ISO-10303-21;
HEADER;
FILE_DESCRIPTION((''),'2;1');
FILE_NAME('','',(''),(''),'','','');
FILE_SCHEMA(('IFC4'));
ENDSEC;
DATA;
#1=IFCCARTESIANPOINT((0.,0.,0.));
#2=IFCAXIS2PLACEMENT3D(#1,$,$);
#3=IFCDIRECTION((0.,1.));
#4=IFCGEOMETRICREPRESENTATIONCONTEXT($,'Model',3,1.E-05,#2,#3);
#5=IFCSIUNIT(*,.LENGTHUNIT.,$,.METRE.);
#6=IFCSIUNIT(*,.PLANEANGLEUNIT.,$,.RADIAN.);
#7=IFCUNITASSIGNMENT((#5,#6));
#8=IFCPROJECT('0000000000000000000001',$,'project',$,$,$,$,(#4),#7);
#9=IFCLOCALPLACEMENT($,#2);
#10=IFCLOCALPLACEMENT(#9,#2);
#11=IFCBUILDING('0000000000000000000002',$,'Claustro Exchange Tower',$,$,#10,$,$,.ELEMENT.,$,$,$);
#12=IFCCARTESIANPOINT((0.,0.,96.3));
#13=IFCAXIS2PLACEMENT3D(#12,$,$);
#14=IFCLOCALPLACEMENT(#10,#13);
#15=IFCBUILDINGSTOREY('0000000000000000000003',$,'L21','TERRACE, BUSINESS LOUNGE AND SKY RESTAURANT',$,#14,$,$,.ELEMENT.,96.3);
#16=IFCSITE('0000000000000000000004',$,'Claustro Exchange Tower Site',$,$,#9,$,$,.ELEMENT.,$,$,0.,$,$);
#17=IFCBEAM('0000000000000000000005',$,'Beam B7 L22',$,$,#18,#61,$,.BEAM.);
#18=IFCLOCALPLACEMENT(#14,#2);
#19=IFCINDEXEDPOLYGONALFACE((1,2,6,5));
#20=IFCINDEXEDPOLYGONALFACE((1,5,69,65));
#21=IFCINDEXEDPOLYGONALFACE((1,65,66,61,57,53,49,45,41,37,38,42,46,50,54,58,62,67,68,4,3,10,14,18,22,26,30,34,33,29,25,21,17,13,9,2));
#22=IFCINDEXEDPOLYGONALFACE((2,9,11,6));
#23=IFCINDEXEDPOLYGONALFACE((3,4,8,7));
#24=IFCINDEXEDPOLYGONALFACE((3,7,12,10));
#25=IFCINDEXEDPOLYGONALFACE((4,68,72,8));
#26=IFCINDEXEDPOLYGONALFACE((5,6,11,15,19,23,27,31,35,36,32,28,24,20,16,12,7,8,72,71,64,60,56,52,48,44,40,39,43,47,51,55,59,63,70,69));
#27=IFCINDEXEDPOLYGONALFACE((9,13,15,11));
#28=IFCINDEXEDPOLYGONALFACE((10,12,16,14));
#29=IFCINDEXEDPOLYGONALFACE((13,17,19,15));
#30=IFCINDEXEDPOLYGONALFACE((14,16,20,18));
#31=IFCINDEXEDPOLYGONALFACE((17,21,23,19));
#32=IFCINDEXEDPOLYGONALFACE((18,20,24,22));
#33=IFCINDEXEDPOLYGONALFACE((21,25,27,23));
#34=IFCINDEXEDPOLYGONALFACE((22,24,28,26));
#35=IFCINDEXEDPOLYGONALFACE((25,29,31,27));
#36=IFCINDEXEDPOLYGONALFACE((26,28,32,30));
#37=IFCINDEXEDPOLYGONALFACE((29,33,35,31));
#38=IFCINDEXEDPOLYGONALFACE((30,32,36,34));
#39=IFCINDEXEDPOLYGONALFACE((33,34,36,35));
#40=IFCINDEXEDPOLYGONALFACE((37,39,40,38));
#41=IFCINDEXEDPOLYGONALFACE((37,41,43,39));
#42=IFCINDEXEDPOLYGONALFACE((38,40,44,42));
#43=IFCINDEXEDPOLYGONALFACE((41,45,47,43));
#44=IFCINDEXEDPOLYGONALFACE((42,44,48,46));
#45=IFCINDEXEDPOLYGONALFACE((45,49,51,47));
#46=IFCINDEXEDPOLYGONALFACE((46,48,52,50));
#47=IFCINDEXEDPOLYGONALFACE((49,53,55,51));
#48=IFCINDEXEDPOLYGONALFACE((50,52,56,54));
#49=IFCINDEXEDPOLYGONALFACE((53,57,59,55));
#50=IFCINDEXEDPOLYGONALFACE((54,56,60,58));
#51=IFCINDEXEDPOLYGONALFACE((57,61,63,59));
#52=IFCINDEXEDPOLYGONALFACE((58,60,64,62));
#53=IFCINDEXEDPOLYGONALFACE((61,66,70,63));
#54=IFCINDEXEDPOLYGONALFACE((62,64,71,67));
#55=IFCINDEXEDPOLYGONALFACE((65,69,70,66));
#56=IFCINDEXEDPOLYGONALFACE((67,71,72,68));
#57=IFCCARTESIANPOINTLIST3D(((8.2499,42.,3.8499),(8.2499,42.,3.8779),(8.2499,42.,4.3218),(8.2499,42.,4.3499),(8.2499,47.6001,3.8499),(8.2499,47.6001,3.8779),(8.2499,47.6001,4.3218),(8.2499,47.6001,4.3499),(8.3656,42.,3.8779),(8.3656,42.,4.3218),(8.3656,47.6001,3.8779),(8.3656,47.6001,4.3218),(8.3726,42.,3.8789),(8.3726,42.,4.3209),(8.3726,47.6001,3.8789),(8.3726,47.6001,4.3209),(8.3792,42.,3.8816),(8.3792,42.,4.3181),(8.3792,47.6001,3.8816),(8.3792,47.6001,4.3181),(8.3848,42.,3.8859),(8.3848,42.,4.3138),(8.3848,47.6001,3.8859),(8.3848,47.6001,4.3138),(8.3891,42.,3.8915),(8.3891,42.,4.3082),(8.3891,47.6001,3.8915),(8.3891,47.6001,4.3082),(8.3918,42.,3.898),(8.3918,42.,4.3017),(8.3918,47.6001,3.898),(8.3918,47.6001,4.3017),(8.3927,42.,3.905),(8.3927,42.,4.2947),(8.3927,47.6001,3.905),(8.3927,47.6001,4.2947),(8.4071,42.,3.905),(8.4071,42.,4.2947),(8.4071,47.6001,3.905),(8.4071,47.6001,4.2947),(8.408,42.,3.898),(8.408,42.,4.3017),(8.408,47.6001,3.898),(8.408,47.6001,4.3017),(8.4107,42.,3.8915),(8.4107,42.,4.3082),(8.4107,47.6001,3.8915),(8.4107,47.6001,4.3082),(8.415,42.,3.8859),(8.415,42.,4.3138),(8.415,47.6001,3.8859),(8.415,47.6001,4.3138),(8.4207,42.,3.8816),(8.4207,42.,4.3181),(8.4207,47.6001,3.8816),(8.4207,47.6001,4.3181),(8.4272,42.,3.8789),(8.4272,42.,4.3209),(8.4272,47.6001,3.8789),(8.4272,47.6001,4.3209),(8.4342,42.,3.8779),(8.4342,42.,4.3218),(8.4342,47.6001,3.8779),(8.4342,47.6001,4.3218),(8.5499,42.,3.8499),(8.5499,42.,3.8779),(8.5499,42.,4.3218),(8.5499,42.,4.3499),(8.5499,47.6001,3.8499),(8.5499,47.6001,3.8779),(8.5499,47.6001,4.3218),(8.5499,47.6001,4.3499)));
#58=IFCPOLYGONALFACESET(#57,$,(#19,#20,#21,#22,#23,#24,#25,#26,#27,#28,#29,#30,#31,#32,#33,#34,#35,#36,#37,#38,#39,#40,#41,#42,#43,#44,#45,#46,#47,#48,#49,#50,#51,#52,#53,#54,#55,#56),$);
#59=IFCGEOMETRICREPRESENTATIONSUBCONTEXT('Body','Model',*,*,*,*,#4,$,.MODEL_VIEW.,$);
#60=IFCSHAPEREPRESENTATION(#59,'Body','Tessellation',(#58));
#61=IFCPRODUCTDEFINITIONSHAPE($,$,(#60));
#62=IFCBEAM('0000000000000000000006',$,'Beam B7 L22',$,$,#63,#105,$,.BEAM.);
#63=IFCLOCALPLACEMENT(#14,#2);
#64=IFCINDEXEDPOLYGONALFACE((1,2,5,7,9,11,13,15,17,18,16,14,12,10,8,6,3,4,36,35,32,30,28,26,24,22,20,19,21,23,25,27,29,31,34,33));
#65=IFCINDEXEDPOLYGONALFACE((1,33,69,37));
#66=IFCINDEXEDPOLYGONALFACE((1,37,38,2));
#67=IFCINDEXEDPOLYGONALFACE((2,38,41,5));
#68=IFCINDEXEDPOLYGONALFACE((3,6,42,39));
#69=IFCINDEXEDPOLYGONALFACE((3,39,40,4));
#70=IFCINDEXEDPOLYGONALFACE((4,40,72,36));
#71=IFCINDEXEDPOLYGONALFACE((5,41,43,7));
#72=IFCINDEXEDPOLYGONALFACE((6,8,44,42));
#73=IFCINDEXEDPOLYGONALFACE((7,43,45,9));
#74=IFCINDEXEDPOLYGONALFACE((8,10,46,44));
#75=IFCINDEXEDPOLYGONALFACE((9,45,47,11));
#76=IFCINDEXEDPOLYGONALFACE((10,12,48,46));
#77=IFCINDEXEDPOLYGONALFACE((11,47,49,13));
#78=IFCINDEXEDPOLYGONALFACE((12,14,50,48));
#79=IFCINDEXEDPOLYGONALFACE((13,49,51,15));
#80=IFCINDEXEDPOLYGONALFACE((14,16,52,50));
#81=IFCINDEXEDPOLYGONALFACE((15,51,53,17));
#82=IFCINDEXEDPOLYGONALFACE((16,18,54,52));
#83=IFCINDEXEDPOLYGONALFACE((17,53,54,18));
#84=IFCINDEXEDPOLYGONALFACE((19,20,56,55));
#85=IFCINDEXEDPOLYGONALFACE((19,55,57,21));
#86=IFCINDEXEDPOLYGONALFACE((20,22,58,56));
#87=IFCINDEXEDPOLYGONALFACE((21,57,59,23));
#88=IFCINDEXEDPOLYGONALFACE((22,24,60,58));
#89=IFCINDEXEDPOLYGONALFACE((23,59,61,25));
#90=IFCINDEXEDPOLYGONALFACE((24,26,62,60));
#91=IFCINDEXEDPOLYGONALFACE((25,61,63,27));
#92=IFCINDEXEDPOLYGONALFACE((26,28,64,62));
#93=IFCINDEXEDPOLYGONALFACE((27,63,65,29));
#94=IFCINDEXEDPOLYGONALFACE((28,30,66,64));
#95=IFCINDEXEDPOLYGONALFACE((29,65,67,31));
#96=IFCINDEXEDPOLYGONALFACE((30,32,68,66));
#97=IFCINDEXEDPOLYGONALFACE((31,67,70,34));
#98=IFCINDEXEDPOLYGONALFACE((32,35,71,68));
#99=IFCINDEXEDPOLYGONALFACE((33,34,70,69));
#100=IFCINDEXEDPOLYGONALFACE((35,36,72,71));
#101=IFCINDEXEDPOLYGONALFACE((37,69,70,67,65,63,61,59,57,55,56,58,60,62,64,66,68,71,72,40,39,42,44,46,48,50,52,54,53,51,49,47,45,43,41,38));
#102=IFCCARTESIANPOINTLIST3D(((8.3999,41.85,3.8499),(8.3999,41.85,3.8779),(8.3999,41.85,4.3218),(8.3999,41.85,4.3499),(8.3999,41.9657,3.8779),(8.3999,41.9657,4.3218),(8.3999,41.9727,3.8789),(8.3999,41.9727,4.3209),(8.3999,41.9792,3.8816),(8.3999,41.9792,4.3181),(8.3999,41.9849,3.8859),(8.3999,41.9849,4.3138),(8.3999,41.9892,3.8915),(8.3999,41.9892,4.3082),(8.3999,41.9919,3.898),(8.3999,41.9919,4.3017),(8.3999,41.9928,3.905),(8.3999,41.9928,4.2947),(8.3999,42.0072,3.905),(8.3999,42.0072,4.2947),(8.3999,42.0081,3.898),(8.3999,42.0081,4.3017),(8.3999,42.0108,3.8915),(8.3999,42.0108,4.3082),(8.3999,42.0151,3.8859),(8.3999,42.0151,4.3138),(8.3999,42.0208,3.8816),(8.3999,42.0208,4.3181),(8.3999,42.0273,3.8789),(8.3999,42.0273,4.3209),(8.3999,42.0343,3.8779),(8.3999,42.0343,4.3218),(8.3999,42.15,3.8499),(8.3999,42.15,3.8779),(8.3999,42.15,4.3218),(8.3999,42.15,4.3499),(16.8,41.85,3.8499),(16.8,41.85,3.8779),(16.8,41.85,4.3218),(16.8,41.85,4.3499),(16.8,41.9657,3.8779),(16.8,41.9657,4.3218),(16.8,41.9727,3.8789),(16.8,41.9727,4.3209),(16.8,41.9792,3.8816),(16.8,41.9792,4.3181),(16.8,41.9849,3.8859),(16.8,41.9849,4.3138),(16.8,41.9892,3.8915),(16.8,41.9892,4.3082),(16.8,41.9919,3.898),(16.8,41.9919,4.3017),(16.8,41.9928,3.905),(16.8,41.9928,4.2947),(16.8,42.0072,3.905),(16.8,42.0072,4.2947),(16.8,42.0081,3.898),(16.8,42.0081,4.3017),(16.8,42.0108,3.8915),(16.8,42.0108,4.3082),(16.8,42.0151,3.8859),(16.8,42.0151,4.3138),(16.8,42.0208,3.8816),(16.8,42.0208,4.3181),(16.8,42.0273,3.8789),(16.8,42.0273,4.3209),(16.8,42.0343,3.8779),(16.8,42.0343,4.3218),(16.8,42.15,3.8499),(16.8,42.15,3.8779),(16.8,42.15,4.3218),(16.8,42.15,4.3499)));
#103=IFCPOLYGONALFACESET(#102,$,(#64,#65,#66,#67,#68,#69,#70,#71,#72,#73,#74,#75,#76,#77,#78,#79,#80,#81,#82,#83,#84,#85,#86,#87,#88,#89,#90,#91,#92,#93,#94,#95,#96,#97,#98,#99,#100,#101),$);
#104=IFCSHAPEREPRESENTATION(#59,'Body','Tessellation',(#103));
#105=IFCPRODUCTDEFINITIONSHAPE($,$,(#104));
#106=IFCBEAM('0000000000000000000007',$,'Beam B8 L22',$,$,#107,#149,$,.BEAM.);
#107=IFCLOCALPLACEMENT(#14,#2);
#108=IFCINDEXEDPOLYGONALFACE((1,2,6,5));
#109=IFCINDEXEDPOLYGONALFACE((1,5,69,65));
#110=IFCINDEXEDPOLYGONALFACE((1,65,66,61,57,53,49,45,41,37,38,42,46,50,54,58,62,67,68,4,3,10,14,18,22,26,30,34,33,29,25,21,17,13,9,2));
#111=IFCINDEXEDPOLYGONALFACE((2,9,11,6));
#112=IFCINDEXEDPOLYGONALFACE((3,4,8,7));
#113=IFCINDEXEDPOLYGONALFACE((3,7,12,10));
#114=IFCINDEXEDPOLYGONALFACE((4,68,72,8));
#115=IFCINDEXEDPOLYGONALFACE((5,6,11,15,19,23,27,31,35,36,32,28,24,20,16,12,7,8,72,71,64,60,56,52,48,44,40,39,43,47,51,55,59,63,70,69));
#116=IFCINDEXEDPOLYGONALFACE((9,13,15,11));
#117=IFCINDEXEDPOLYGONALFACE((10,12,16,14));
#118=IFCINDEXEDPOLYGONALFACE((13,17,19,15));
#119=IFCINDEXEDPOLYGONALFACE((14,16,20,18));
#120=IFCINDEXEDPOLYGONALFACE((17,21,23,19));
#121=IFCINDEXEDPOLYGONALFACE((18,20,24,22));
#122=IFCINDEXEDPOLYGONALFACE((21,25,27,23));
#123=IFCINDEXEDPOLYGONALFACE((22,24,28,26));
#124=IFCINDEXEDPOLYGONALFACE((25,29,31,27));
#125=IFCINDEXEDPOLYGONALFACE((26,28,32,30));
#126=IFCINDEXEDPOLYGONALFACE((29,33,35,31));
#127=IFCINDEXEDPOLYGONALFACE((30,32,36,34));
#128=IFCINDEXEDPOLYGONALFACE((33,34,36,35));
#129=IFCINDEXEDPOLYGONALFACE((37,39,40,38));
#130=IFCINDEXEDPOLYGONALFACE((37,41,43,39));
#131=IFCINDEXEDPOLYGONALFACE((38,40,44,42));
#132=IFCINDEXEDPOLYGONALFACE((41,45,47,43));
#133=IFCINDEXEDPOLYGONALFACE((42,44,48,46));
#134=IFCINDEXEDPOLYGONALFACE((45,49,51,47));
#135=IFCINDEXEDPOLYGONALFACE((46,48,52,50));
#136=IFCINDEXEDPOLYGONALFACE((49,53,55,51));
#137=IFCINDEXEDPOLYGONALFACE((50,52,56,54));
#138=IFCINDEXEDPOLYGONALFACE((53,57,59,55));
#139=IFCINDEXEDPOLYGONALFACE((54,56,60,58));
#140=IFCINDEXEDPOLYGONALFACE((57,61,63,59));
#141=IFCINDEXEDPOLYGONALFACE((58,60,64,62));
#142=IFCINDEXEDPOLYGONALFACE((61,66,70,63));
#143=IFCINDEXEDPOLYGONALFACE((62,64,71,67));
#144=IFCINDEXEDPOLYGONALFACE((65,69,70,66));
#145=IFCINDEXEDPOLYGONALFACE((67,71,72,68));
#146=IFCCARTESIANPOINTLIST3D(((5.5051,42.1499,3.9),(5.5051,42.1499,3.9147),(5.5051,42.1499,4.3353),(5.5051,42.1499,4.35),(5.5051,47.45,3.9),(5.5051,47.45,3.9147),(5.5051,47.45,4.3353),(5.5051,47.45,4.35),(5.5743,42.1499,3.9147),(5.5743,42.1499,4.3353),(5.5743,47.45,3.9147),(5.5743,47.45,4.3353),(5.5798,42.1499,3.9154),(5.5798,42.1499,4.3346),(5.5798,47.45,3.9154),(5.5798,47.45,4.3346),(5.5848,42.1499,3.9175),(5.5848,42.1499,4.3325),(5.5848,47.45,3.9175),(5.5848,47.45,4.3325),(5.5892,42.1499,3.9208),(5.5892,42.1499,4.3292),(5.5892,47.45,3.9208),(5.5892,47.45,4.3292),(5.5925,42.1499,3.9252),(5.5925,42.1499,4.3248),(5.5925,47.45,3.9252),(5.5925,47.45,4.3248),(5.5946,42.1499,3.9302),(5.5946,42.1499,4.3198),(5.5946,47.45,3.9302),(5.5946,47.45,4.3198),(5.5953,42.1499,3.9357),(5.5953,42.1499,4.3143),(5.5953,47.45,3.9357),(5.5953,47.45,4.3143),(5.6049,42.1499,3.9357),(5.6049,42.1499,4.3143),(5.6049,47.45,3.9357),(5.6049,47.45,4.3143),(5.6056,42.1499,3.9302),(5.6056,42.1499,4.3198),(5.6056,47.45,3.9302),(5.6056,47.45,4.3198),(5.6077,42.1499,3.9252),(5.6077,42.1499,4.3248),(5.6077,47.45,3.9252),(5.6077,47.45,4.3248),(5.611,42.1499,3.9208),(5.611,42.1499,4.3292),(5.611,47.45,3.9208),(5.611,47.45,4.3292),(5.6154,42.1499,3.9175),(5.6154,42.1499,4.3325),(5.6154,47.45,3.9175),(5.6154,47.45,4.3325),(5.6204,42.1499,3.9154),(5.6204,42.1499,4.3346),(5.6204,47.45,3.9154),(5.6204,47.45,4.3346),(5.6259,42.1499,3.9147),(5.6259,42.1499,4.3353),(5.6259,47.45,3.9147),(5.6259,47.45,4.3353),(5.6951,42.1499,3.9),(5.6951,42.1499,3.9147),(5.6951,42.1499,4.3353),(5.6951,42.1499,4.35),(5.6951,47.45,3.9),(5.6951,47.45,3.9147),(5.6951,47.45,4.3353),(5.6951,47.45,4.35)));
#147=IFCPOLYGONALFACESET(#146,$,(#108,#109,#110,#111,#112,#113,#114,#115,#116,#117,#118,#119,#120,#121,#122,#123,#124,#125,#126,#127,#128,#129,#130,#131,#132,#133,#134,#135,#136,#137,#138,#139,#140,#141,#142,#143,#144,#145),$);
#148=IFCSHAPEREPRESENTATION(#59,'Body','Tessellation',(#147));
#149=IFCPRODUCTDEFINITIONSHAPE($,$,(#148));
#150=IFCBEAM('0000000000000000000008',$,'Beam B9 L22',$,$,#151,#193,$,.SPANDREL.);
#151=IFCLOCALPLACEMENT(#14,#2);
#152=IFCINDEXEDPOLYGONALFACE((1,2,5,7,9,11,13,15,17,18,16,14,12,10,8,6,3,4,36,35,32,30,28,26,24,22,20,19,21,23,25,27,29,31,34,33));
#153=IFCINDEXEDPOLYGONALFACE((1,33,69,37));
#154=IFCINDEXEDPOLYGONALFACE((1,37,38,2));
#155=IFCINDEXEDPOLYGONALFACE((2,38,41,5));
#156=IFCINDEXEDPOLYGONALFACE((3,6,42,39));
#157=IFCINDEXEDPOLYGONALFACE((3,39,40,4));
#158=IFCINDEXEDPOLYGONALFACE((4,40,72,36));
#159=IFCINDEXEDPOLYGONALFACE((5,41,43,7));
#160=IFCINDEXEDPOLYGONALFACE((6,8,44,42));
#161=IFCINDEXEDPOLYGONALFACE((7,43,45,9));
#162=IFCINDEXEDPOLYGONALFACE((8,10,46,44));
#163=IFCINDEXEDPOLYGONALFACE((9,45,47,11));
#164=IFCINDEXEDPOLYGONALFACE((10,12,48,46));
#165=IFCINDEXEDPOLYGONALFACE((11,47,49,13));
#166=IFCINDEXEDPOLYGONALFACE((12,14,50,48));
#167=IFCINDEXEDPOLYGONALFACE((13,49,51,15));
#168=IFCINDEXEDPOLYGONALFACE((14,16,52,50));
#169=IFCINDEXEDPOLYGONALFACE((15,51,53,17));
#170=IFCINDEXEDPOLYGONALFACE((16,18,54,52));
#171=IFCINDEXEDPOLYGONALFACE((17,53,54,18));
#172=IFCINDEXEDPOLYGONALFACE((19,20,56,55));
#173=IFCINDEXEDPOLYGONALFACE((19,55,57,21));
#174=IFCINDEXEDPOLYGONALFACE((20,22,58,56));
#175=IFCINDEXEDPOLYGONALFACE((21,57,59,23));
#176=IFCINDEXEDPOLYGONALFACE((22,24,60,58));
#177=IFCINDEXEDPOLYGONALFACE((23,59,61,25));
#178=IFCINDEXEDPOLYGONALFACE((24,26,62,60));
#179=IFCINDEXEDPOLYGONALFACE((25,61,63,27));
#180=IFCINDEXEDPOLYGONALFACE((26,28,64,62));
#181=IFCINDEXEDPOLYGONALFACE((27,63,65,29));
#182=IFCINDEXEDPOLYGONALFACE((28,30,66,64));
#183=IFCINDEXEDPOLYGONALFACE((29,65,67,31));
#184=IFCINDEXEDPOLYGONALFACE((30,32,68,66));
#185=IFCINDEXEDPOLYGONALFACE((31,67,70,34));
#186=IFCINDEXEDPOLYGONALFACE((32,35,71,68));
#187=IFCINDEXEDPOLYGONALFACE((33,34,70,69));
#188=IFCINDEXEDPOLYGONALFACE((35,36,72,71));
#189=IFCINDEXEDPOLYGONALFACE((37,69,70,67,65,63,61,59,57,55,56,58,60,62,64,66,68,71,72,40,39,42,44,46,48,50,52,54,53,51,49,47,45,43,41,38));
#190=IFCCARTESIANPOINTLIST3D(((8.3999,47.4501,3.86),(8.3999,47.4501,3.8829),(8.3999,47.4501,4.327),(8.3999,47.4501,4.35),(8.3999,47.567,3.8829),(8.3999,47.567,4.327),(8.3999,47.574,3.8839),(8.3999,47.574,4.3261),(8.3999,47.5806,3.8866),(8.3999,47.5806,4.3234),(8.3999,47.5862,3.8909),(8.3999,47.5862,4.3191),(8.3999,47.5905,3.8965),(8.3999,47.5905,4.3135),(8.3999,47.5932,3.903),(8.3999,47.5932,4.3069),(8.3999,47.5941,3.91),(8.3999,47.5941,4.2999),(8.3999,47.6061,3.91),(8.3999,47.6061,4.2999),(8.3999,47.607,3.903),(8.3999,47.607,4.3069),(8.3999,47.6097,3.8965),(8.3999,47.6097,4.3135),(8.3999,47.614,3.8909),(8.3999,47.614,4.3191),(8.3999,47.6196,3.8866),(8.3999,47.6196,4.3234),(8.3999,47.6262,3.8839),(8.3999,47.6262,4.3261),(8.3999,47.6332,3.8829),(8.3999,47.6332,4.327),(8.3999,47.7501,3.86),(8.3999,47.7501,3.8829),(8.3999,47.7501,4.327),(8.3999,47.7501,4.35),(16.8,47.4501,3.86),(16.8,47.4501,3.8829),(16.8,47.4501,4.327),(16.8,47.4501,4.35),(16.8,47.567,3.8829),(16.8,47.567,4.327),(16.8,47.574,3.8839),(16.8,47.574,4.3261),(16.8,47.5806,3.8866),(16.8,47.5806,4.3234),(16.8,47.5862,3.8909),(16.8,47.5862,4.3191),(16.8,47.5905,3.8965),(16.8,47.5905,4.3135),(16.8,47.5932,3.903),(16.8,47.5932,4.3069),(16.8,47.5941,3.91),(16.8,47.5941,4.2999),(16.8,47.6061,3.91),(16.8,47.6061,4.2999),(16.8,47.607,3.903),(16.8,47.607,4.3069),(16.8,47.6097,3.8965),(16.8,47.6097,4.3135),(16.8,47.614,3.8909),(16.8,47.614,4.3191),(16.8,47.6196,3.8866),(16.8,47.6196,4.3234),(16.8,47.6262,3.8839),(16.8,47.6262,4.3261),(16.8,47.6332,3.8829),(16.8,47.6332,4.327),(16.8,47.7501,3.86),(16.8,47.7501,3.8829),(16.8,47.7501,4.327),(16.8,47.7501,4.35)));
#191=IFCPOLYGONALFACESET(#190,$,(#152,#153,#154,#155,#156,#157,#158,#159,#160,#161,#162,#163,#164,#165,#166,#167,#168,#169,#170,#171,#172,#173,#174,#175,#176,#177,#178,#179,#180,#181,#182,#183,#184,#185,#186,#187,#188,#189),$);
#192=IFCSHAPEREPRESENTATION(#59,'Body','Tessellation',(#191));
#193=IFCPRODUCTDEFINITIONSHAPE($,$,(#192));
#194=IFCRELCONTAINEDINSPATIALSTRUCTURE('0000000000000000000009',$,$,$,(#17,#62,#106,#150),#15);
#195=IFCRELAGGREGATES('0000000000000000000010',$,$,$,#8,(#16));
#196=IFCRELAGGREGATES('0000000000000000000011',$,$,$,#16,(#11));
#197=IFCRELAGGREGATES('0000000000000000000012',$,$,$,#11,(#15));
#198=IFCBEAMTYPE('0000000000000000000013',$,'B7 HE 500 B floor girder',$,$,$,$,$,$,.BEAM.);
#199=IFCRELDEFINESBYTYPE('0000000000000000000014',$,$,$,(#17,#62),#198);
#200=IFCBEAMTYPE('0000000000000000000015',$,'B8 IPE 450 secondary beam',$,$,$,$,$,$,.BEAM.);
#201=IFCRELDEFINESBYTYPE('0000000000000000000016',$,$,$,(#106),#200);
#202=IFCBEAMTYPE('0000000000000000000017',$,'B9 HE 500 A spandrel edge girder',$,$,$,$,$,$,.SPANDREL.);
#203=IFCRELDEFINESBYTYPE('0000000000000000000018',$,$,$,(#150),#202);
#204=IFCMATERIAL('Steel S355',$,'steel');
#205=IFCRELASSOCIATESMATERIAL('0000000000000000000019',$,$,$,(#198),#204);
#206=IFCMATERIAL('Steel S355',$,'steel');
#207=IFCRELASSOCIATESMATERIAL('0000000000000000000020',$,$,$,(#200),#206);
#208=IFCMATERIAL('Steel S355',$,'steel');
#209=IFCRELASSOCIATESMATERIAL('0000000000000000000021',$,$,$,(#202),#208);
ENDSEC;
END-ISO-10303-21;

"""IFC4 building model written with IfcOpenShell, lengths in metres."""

from ifc_helpers import new_model, si_unit, direction, frame, origin, origin_2d, place, context, subcontext, project, spatial, i_section, extrude, material, material_profile, profile_set, type_object, element, save


model = new_model("IFC4")

# Units and contexts
model_context = context("Model", 3, precision=1e-05, world=origin(), true_north=direction((0.0, 1.0)))
body_context = subcontext(model_context, "Body", "Model", "MODEL_VIEW")
ifc_project = project(units=[si_unit("LENGTHUNIT", "METRE"), si_unit("PLANEANGLEUNIT", "RADIAN")], contexts=[model_context])

# Site, building, storey
site_placement = place(None, origin())
site = spatial("IfcSite", under=ifc_project, at=site_placement, Name="Claustro Exchange Tower Site", CompositionType="ELEMENT", RefElevation=0.0)
building_placement = place(site_placement, origin())
building = spatial("IfcBuilding", under=site, at=building_placement, Name="Claustro Exchange Tower", CompositionType="ELEMENT")
storey_placement = place(building_placement, frame((0.0, 0.0, 96.3)))
storey = spatial("IfcBuildingStorey", under=building, at=storey_placement, Name="L21", Description="TERRACE, BUSINESS LOUNGE AND SKY RESTAURANT", CompositionType="ELEMENT", Elevation=96.3)

# Beams
ifc_material_1 = material(Name="Steel S355", Category="steel")
ifc_material_profile_1 = material_profile(ifc_material_1, i_section(OverallWidth=0.3, OverallDepth=0.5, WebThickness=0.0144, FlangeThickness=0.0281, FilletRadius=0.0271, at=origin_2d()), Name="HE 500 B")
ifc_profile_set_1 = profile_set([ifc_material_profile_1], Name="Steel S355")
beam_type_1 = type_object("IfcBeamType", Name="B7 HE 500 B floor girder", PredefinedType="BEAM", material=ifc_profile_set_1)
beam_1_placement = place(storey_placement, frame((8.3999, 42.0, 4.0999), z_axis=(0.0, 1.0, 0.0), x_axis=(-1.0, 0.0, 0.0)))
element("IfcBeam", 1, at=beam_1_placement, inside=storey, type_object=beam_type_1, Name="Beam B7 L22", PredefinedType="BEAM", context=body_context, shape_type="SweptSolid", body=[
    extrude(i_section(OverallWidth=0.3, OverallDepth=0.5, WebThickness=0.0144, FlangeThickness=0.0281, FilletRadius=0.0271, at=origin_2d()), origin(), (0.0, 0.0, 1.0), 5.6001),
])
beam_2_placement = place(storey_placement, frame((8.3999, 42.0, 4.0999), z_axis=(1.0, 0.0, 0.0), x_axis=(0.0, 1.0, 0.0)))
element("IfcBeam", 2, at=beam_2_placement, inside=storey, type_object=beam_type_1, Name="Beam B7 L22", PredefinedType="BEAM", context=body_context, shape_type="SweptSolid", body=[
    extrude(i_section(OverallWidth=0.3, OverallDepth=0.5, WebThickness=0.0144, FlangeThickness=0.0281, FilletRadius=0.0271, at=origin_2d()), origin(), (0.0, 0.0, 1.0), 8.4001),
])
ifc_material_2 = material(Name="Steel S355", Category="steel")
ifc_material_profile_2 = material_profile(ifc_material_2, i_section(OverallWidth=0.1899, OverallDepth=0.45, WebThickness=0.0095, FlangeThickness=0.0146, FilletRadius=0.021, at=origin_2d()), Name="IPE 450")
ifc_profile_set_2 = profile_set([ifc_material_profile_2], Name="Steel S355")
beam_type_2 = type_object("IfcBeamType", Name="B8 IPE 450 secondary beam", PredefinedType="BEAM", material=ifc_profile_set_2)
beam_3_placement = place(storey_placement, frame((5.6001, 42.1499, 4.125), z_axis=(0.0, 1.0, 0.0), x_axis=(-1.0, 0.0, 0.0)))
element("IfcBeam", 3, at=beam_3_placement, inside=storey, type_object=beam_type_2, Name="Beam B8 L22", PredefinedType="BEAM", context=body_context, shape_type="SweptSolid", body=[
    extrude(i_section(OverallWidth=0.1899, OverallDepth=0.45, WebThickness=0.0095, FlangeThickness=0.0146, FilletRadius=0.021, at=origin_2d()), origin(), (0.0, 0.0, 1.0), 5.3),
])
ifc_material_3 = material(Name="Steel S355", Category="steel")
ifc_material_profile_3 = material_profile(ifc_material_3, i_section(OverallWidth=0.3, OverallDepth=0.49, WebThickness=0.012, FlangeThickness=0.0229, FilletRadius=0.0271, at=origin_2d()), Name="HE 500 A")
ifc_profile_set_3 = profile_set([ifc_material_profile_3], Name="Steel S355")
beam_type_3 = type_object("IfcBeamType", Name="B9 HE 500 A spandrel edge girder", PredefinedType="SPANDREL", material=ifc_profile_set_3)
beam_4_placement = place(storey_placement, frame((8.3999, 47.6001, 4.105), z_axis=(1.0, 0.0, 0.0), x_axis=(0.0, 1.0, 0.0)))
element("IfcBeam", 4, at=beam_4_placement, inside=storey, type_object=beam_type_3, Name="Beam B9 L22", PredefinedType="SPANDREL", context=body_context, shape_type="SweptSolid", body=[
    extrude(i_section(OverallWidth=0.3, OverallDepth=0.49, WebThickness=0.012, FlangeThickness=0.0229, FilletRadius=0.0271, at=origin_2d()), origin(), (0.0, 0.0, 1.0), 8.4001),
])

save(model, "model.ifc")
